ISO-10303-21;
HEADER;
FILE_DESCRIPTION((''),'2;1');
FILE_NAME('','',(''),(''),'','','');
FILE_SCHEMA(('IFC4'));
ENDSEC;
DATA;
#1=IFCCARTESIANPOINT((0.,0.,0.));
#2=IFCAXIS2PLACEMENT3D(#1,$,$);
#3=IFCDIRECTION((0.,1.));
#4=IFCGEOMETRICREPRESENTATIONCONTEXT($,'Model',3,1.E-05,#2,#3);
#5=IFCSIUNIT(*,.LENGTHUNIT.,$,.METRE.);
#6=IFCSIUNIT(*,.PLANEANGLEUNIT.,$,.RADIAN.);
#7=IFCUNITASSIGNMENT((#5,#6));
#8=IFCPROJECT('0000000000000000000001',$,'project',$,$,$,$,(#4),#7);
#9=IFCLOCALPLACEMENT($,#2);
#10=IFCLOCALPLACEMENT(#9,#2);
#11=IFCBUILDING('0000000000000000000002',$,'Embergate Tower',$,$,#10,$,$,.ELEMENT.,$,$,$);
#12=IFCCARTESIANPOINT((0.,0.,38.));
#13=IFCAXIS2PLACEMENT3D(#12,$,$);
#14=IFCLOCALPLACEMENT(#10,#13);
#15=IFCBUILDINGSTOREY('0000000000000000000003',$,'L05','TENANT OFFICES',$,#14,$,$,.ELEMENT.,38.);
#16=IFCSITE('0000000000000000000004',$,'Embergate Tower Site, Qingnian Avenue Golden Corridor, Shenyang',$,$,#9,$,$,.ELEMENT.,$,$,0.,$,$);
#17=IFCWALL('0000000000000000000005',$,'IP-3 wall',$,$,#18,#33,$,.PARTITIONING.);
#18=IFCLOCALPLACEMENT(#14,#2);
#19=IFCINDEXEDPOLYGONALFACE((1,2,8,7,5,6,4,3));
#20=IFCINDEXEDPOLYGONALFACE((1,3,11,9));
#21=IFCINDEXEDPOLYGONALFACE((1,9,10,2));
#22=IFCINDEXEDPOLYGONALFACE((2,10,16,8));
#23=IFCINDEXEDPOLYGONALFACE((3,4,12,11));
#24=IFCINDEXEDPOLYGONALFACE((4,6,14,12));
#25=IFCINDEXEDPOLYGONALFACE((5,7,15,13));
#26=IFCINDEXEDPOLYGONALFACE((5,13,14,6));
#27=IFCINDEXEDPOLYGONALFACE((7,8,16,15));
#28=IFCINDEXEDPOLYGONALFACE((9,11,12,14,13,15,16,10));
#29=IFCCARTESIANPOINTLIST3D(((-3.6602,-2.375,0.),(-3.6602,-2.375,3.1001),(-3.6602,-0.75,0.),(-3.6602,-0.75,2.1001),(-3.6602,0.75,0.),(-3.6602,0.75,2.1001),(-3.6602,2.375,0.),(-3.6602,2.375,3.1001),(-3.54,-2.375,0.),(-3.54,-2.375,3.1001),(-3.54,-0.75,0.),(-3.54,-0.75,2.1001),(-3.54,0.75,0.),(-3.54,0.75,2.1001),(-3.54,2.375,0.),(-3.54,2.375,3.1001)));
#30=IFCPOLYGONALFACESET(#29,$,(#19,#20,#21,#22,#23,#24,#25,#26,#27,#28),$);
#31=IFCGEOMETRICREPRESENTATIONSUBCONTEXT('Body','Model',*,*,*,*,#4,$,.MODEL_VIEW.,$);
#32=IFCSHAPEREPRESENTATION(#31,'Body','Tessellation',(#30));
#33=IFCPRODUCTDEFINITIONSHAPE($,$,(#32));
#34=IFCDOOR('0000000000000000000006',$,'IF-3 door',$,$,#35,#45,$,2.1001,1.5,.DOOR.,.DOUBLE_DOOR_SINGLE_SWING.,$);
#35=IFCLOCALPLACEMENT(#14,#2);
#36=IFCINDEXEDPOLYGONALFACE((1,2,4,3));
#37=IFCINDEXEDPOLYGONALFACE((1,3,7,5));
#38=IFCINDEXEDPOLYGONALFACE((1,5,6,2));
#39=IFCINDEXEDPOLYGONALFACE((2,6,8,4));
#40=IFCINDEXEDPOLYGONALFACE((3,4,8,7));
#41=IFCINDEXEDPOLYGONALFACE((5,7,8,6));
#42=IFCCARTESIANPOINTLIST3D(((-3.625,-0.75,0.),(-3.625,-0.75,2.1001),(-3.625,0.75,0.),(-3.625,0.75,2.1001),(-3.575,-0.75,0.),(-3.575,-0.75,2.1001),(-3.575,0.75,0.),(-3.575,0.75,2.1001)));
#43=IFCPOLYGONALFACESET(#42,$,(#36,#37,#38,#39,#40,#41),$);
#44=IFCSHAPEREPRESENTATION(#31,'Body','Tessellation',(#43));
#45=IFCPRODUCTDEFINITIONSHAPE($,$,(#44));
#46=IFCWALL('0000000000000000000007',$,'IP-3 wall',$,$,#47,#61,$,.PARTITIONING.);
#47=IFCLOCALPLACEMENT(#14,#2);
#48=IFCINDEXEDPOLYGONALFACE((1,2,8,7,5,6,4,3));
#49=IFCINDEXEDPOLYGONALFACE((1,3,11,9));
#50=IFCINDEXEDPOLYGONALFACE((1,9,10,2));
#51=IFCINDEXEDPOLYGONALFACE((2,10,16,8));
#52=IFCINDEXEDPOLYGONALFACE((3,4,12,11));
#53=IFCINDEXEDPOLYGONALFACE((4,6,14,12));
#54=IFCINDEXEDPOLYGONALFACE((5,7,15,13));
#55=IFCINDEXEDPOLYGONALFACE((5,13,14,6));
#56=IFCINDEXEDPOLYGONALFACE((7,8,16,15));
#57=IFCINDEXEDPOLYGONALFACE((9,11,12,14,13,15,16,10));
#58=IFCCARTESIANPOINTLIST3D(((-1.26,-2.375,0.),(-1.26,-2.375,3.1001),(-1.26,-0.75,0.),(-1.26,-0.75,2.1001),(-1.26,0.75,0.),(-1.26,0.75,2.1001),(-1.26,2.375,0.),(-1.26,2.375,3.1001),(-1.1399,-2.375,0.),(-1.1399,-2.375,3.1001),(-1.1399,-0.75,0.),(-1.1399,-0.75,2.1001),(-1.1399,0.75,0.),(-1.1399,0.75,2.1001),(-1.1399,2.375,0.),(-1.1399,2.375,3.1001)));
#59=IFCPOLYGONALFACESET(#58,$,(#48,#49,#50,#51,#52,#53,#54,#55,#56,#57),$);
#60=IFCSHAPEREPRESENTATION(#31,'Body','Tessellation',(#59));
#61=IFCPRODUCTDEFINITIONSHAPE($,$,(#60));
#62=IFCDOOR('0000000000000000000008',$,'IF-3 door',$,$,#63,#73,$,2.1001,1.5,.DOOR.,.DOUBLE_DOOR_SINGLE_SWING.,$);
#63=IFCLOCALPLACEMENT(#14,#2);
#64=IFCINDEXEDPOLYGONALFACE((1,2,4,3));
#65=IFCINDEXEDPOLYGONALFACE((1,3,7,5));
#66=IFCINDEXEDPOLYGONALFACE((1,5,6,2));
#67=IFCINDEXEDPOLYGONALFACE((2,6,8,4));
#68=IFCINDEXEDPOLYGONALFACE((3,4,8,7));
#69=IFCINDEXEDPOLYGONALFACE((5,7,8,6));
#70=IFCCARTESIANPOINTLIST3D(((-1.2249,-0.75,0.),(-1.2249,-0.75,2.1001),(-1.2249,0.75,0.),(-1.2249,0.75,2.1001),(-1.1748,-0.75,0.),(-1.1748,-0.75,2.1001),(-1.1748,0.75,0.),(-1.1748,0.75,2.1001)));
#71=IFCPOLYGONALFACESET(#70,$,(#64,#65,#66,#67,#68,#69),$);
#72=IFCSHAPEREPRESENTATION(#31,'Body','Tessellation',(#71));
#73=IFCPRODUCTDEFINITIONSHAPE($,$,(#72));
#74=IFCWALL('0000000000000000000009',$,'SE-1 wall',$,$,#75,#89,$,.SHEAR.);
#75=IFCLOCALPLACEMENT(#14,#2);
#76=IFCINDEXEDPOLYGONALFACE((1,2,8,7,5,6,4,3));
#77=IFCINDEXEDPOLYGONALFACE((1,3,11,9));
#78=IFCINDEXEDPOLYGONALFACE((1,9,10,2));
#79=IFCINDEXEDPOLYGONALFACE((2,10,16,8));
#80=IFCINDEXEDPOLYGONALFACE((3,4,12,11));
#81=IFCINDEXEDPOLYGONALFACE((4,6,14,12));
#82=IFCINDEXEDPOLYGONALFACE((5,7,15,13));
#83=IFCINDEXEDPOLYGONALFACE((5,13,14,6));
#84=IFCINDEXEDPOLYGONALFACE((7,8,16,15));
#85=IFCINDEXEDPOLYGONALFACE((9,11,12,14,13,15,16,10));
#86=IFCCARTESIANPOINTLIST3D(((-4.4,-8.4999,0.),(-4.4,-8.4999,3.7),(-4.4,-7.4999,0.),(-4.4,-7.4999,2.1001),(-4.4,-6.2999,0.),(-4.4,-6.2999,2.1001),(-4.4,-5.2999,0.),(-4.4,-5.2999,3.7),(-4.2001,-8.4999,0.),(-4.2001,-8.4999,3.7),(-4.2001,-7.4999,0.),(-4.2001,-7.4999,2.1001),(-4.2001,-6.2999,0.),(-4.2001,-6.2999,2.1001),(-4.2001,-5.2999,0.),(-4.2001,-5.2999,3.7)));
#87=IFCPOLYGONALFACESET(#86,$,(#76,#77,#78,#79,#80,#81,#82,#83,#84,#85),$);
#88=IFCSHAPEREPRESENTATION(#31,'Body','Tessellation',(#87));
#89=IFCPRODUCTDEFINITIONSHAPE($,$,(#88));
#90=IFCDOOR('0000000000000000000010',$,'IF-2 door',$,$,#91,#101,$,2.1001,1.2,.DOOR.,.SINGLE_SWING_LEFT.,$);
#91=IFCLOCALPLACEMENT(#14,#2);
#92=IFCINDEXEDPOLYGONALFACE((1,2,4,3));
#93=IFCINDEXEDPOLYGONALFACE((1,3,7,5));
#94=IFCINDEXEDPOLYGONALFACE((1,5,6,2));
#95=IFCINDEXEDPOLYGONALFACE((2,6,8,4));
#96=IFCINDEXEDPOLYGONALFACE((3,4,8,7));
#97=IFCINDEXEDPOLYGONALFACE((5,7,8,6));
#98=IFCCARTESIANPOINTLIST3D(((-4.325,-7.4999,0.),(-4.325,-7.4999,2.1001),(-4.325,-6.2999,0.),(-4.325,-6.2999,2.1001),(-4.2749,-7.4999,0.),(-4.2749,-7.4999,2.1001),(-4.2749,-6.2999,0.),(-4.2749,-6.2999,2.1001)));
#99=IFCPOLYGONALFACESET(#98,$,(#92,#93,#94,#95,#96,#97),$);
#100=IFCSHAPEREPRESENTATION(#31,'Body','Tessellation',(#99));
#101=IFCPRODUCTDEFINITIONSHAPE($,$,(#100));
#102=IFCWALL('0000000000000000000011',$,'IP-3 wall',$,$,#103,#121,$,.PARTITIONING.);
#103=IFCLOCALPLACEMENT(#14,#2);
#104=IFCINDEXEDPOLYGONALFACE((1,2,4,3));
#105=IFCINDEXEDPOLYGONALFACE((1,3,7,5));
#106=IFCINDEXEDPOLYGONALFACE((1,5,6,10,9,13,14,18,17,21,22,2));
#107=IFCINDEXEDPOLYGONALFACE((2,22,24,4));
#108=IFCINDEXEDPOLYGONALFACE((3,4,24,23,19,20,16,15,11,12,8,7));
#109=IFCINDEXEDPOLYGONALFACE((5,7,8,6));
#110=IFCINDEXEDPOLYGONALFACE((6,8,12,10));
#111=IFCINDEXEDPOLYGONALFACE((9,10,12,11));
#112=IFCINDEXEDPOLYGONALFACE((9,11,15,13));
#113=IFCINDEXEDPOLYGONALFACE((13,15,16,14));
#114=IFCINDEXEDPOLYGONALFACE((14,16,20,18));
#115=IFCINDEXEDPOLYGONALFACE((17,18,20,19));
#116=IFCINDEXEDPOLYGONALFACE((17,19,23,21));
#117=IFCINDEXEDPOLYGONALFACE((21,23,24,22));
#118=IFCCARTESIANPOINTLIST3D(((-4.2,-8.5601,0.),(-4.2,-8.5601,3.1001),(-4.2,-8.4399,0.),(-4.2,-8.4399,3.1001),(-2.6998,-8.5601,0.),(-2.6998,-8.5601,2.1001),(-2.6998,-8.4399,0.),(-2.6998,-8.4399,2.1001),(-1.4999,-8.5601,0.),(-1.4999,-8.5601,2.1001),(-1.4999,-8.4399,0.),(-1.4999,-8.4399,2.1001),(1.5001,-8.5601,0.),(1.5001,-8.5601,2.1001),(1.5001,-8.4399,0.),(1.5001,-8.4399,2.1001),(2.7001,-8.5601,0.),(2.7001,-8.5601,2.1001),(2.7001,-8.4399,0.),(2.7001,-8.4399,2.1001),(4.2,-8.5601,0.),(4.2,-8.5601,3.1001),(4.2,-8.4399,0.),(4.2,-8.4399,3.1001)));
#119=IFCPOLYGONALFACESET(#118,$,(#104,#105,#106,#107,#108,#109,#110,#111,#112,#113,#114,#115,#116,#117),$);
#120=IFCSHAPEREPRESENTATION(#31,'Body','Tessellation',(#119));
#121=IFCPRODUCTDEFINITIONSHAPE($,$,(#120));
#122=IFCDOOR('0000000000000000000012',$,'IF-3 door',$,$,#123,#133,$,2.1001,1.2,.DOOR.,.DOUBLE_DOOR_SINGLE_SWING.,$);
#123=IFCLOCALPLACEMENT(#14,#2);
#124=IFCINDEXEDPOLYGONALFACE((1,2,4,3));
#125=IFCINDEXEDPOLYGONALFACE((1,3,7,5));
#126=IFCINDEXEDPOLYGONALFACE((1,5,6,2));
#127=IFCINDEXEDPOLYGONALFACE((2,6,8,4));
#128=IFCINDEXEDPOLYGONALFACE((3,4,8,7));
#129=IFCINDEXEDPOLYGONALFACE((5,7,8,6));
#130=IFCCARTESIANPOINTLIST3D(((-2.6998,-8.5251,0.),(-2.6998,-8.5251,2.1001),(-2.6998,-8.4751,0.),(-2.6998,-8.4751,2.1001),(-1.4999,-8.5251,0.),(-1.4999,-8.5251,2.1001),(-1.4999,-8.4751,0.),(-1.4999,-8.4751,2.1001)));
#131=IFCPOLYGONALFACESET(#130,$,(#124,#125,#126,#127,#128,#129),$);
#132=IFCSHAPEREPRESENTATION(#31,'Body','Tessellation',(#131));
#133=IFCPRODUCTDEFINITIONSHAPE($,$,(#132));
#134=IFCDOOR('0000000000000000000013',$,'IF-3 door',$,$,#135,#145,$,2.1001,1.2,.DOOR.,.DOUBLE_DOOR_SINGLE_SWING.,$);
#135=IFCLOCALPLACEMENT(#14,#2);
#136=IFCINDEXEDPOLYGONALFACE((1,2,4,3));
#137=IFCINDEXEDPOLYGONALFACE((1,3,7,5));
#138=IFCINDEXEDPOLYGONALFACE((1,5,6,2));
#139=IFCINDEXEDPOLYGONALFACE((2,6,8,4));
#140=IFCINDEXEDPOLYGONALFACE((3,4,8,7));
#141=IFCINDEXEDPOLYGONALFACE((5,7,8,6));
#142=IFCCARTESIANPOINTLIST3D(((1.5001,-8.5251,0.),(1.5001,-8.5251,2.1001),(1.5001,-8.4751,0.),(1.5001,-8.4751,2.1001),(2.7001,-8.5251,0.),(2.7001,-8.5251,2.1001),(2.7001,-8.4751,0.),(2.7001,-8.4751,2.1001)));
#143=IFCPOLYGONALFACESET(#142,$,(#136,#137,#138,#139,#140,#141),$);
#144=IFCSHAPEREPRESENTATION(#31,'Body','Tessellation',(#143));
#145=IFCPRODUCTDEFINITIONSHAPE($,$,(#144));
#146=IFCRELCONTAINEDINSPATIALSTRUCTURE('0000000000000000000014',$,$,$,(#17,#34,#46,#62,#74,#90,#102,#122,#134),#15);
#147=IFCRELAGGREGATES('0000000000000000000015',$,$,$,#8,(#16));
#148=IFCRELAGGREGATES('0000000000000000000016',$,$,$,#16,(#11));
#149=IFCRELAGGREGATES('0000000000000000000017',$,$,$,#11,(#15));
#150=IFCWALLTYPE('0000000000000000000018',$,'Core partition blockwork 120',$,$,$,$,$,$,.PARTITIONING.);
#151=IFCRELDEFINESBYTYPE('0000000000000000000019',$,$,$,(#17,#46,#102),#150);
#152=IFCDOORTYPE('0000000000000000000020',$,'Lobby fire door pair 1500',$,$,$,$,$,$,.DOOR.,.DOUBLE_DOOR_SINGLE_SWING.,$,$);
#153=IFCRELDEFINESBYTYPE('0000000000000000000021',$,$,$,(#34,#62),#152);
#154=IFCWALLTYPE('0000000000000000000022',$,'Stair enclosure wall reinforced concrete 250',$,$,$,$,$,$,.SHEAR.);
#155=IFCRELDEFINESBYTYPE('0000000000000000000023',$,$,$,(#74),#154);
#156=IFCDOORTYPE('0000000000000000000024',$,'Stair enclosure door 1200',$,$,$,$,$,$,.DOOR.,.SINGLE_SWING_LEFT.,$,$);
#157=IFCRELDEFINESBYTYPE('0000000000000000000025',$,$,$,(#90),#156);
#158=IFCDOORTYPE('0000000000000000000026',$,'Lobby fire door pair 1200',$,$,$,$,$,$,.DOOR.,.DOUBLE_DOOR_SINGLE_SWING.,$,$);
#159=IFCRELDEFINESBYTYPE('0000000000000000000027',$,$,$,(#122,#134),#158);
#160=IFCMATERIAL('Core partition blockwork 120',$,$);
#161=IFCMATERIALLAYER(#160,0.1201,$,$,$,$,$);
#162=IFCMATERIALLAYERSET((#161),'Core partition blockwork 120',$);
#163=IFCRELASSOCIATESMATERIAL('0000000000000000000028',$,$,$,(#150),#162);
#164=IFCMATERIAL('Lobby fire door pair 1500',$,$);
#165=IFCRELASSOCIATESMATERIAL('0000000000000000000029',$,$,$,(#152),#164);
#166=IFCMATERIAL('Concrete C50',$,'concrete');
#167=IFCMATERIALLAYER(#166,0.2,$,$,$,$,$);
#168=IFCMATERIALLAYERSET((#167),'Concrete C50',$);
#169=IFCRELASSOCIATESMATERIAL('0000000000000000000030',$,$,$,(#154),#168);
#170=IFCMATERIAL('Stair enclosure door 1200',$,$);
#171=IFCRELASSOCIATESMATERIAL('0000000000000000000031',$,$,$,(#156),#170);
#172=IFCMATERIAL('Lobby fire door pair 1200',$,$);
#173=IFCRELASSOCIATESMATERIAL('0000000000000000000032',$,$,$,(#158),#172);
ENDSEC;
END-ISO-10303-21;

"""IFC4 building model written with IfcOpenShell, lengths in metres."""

from ifc_helpers import new_model, si_unit, direction, frame, frame_2d, origin, place, context, subcontext, project, spatial, rectangle, extrude, source, transform, mapped, material, layer, layer_set, type_object, element, fill, save


model = new_model("IFC4")

# Units and contexts
model_context = context("Model", 3, precision=1e-05, world=origin(), true_north=direction((0.0, 1.0)))
body_context = subcontext(model_context, "Body", "Model", "MODEL_VIEW")
ifc_project = project(units=[si_unit("LENGTHUNIT", "METRE"), si_unit("PLANEANGLEUNIT", "RADIAN")], contexts=[model_context])

# Site, building, storey
site_placement = place(None, origin())
site = spatial("IfcSite", under=ifc_project, at=site_placement, Name="Embergate Tower Site, Qingnian Avenue Golden Corridor, Shenyang", CompositionType="ELEMENT", RefElevation=0.0)
building_placement = place(site_placement, origin())
building = spatial("IfcBuilding", under=site, at=building_placement, Name="Embergate Tower", CompositionType="ELEMENT")
storey_placement = place(building_placement, frame((0.0, 0.0, 38.0)))
storey = spatial("IfcBuildingStorey", under=building, at=storey_placement, Name="L05", Description="TENANT OFFICES", CompositionType="ELEMENT", Elevation=38.0)

# Shared definitions
ifc_material_1 = material(Name="Concrete C50", Category="concrete")

# Shared definitions
ifc_material_2 = material(Name="Core partition blockwork 120")
ifc_layer_1 = layer(ifc_material_2, 0.1201)
ifc_layer_set_1 = layer_set([ifc_layer_1], Name="Core partition blockwork 120")
wall_type_1 = type_object("IfcWallType", Name="Core partition blockwork 120", PredefinedType="PARTITIONING", material=ifc_layer_set_1)

# Walls, openings, doors
shared_shape_1 = source(origin(), body_context, "Body", "SweptSolid", [
    extrude(rectangle(XDim=4.75, YDim=0.1201, at=frame_2d((2.375, 0.0))), origin(), (0.0, 0.0, 1.0), 3.1001),
])
wall_1_placement = place(storey_placement, frame((-3.6001, -2.375, 0.0), z_axis=(0.0, 0.0, 1.0), x_axis=(0.0, 1.0, 0.0)))
wall_1 = element("IfcWall", 1, at=wall_1_placement, inside=storey, type_object=wall_type_1, Name="IP-3 wall", PredefinedType="PARTITIONING", context=body_context, shape_type="MappedRepresentation", body=[
    mapped(shared_shape_1, transform((0.0, 0.0, 0.0))),
])
shared_shape_2 = source(origin(), body_context, "Body", "SweptSolid", [
    extrude(rectangle(XDim=1.5, YDim=2.1001, at=frame_2d((0.75, 1.05))), frame((0.0, 0.0701, 0.0), z_axis=(0.0, -1.0, 0.0), x_axis=(1.0, 0.0, 0.0)), (0.0, 0.0, 1.0), 0.1401),
])
opening_1_placement = place(wall_1_placement, frame((1.625, 0.0, 0.0)))
opening_1 = element("IfcOpeningElement", 2, at=opening_1_placement, cuts=wall_1, PredefinedType="OPENING", context=body_context, shape_type="MappedRepresentation", body=[
    mapped(shared_shape_2, transform((0.0, 0.0, 0.0))),
])
ifc_material_3 = material(Name="Lobby fire door pair 1500")
door_type_1 = type_object("IfcDoorType", Name="Lobby fire door pair 1500", OperationType="DOUBLE_DOOR_SINGLE_SWING", PredefinedType="DOOR", material=ifc_material_3)
shared_shape_3 = source(origin(), body_context, "Body", "SweptSolid", [
    extrude(rectangle(XDim=1.5, YDim=2.1001, at=frame_2d((0.75, 1.05))), frame((0.0, 0.0249, 0.0), z_axis=(0.0, -1.0, 0.0), x_axis=(1.0, 0.0, 0.0)), (0.0, 0.0, 1.0), 0.05),
])
door_1_placement = place(opening_1_placement, origin())
door_1 = element("IfcDoor", 3, at=door_1_placement, inside=storey, type_object=door_type_1, Name="IF-3 door", OperationType="DOUBLE_DOOR_SINGLE_SWING", OverallHeight=2.1001, OverallWidth=1.5, PredefinedType="DOOR", context=body_context, shape_type="MappedRepresentation", body=[
    mapped(shared_shape_3, transform((0.0, 0.0, 0.0))),
])
fill(opening_1, door_1)
wall_2_placement = place(storey_placement, frame((-1.2, -2.375, 0.0), z_axis=(0.0, 0.0, 1.0), x_axis=(0.0, 1.0, 0.0)))
wall_2 = element("IfcWall", 4, at=wall_2_placement, inside=storey, type_object=wall_type_1, Name="IP-3 wall", PredefinedType="PARTITIONING", context=body_context, shape_type="MappedRepresentation", body=[
    mapped(shared_shape_1, transform((0.0, 0.0, 0.0))),
])
opening_2_placement = place(wall_2_placement, frame((1.625, 0.0, 0.0)))
opening_2 = element("IfcOpeningElement", 5, at=opening_2_placement, cuts=wall_2, PredefinedType="OPENING", context=body_context, shape_type="MappedRepresentation", body=[
    mapped(shared_shape_2, transform((0.0, 0.0, 0.0))),
])
door_2_placement = place(opening_2_placement, origin())
door_2 = element("IfcDoor", 6, at=door_2_placement, inside=storey, type_object=door_type_1, Name="IF-3 door", OperationType="DOUBLE_DOOR_SINGLE_SWING", OverallHeight=2.1001, OverallWidth=1.5, PredefinedType="DOOR", context=body_context, shape_type="MappedRepresentation", body=[
    mapped(shared_shape_3, transform((0.0, 0.0, 0.0))),
])
fill(opening_2, door_2)
ifc_layer_2 = layer(ifc_material_1, 0.2)
ifc_layer_set_2 = layer_set([ifc_layer_2], Name="Concrete C50")
wall_type_2 = type_object("IfcWallType", Name="Stair enclosure wall reinforced concrete 250", PredefinedType="SHEAR", material=ifc_layer_set_2)
shared_shape_4 = source(origin(), body_context, "Body", "SweptSolid", [
    extrude(rectangle(XDim=3.2, YDim=0.2, at=frame_2d((1.6001, 0.0))), origin(), (0.0, 0.0, 1.0), 3.7),
])
wall_3_placement = place(storey_placement, frame((-4.3, -8.5, 0.0), z_axis=(0.0, 0.0, 1.0), x_axis=(0.0, 1.0, 0.0)))
wall_3 = element("IfcWall", 7, at=wall_3_placement, inside=storey, type_object=wall_type_2, Name="SE-1 wall", PredefinedType="SHEAR", context=body_context, shape_type="MappedRepresentation", body=[
    mapped(shared_shape_4, transform((0.0, 0.0, 0.0))),
])
shared_shape_5 = source(origin(), body_context, "Body", "SweptSolid", [
    extrude(rectangle(XDim=1.2, YDim=2.1001, at=frame_2d((0.6001, 1.05))), frame((0.0, 0.1099, 0.0), z_axis=(0.0, -1.0, 0.0), x_axis=(1.0, 0.0, 0.0)), (0.0, 0.0, 1.0), 0.22),
])
opening_3_placement = place(wall_3_placement, frame((1.0, 0.0, 0.0)))
opening_3 = element("IfcOpeningElement", 8, at=opening_3_placement, cuts=wall_3, PredefinedType="OPENING", context=body_context, shape_type="MappedRepresentation", body=[
    mapped(shared_shape_5, transform((0.0, 0.0, 0.0))),
])
ifc_material_4 = material(Name="Stair enclosure door 1200")
door_type_2 = type_object("IfcDoorType", Name="Stair enclosure door 1200", OperationType="SINGLE_SWING_LEFT", PredefinedType="DOOR", material=ifc_material_4)
shared_shape_6 = source(origin(), body_context, "Body", "SweptSolid", [
    extrude(rectangle(XDim=1.2, YDim=2.1001, at=frame_2d((0.6001, 1.05))), frame((0.0, 0.0249, 0.0), z_axis=(0.0, -1.0, 0.0), x_axis=(1.0, 0.0, 0.0)), (0.0, 0.0, 1.0), 0.05),
])
door_3_placement = place(opening_3_placement, origin())
door_3 = element("IfcDoor", 9, at=door_3_placement, inside=storey, type_object=door_type_2, Name="IF-2 door", OperationType="SINGLE_SWING_LEFT", OverallHeight=2.1001, OverallWidth=1.2, PredefinedType="DOOR", context=body_context, shape_type="MappedRepresentation", body=[
    mapped(shared_shape_6, transform((0.0, 0.0, 0.0))),
])
fill(opening_3, door_3)

# Wall, openings, doors
shared_shape_7 = source(origin(), body_context, "Body", "SweptSolid", [
    extrude(rectangle(XDim=8.3999, YDim=0.1201, at=frame_2d((4.2, 0.0))), origin(), (0.0, 0.0, 1.0), 3.1001),
])
wall_4_placement = place(storey_placement, frame((-4.2, -8.5, 0.0), z_axis=(0.0, 0.0, 1.0), x_axis=(1.0, 0.0, 0.0)))
wall_4 = element("IfcWall", 10, at=wall_4_placement, inside=storey, type_object=wall_type_1, Name="IP-3 wall", PredefinedType="PARTITIONING", context=body_context, shape_type="MappedRepresentation", body=[
    mapped(shared_shape_7, transform((0.0, 0.0, 0.0))),
])
shared_shape_8 = source(origin(), body_context, "Body", "SweptSolid", [
    extrude(rectangle(XDim=1.2, YDim=2.1001, at=frame_2d((0.6001, 1.05))), frame((0.0, 0.0701, 0.0), z_axis=(0.0, -1.0, 0.0), x_axis=(1.0, 0.0, 0.0)), (0.0, 0.0, 1.0), 0.1401),
])
opening_4_placement = place(wall_4_placement, frame((1.5, 0.0, 0.0)))
opening_4 = element("IfcOpeningElement", 11, at=opening_4_placement, cuts=wall_4, PredefinedType="OPENING", context=body_context, shape_type="MappedRepresentation", body=[
    mapped(shared_shape_8, transform((0.0, 0.0, 0.0))),
])
opening_5_placement = place(wall_4_placement, frame((5.7, 0.0, 0.0)))
opening_5 = element("IfcOpeningElement", 12, at=opening_5_placement, cuts=wall_4, PredefinedType="OPENING", context=body_context, shape_type="MappedRepresentation", body=[
    mapped(shared_shape_8, transform((0.0, 0.0, 0.0))),
])
ifc_material_5 = material(Name="Lobby fire door pair 1200")
door_type_3 = type_object("IfcDoorType", Name="Lobby fire door pair 1200", OperationType="DOUBLE_DOOR_SINGLE_SWING", PredefinedType="DOOR", material=ifc_material_5)
door_4_placement = place(opening_4_placement, origin())
door_4 = element("IfcDoor", 13, at=door_4_placement, inside=storey, type_object=door_type_3, Name="IF-3 door", OperationType="DOUBLE_DOOR_SINGLE_SWING", OverallHeight=2.1001, OverallWidth=1.2, PredefinedType="DOOR", context=body_context, shape_type="MappedRepresentation", body=[
    mapped(shared_shape_6, transform((0.0, 0.0, 0.0))),
])
fill(opening_4, door_4)
door_5_placement = place(opening_5_placement, origin())
door_5 = element("IfcDoor", 14, at=door_5_placement, inside=storey, type_object=door_type_3, Name="IF-3 door", OperationType="DOUBLE_DOOR_SINGLE_SWING", OverallHeight=2.1001, OverallWidth=1.2, PredefinedType="DOOR", context=body_context, shape_type="MappedRepresentation", body=[
    mapped(shared_shape_6, transform((0.0, 0.0, 0.0))),
])
fill(opening_5, door_5)

save(model, "model.ifc")
